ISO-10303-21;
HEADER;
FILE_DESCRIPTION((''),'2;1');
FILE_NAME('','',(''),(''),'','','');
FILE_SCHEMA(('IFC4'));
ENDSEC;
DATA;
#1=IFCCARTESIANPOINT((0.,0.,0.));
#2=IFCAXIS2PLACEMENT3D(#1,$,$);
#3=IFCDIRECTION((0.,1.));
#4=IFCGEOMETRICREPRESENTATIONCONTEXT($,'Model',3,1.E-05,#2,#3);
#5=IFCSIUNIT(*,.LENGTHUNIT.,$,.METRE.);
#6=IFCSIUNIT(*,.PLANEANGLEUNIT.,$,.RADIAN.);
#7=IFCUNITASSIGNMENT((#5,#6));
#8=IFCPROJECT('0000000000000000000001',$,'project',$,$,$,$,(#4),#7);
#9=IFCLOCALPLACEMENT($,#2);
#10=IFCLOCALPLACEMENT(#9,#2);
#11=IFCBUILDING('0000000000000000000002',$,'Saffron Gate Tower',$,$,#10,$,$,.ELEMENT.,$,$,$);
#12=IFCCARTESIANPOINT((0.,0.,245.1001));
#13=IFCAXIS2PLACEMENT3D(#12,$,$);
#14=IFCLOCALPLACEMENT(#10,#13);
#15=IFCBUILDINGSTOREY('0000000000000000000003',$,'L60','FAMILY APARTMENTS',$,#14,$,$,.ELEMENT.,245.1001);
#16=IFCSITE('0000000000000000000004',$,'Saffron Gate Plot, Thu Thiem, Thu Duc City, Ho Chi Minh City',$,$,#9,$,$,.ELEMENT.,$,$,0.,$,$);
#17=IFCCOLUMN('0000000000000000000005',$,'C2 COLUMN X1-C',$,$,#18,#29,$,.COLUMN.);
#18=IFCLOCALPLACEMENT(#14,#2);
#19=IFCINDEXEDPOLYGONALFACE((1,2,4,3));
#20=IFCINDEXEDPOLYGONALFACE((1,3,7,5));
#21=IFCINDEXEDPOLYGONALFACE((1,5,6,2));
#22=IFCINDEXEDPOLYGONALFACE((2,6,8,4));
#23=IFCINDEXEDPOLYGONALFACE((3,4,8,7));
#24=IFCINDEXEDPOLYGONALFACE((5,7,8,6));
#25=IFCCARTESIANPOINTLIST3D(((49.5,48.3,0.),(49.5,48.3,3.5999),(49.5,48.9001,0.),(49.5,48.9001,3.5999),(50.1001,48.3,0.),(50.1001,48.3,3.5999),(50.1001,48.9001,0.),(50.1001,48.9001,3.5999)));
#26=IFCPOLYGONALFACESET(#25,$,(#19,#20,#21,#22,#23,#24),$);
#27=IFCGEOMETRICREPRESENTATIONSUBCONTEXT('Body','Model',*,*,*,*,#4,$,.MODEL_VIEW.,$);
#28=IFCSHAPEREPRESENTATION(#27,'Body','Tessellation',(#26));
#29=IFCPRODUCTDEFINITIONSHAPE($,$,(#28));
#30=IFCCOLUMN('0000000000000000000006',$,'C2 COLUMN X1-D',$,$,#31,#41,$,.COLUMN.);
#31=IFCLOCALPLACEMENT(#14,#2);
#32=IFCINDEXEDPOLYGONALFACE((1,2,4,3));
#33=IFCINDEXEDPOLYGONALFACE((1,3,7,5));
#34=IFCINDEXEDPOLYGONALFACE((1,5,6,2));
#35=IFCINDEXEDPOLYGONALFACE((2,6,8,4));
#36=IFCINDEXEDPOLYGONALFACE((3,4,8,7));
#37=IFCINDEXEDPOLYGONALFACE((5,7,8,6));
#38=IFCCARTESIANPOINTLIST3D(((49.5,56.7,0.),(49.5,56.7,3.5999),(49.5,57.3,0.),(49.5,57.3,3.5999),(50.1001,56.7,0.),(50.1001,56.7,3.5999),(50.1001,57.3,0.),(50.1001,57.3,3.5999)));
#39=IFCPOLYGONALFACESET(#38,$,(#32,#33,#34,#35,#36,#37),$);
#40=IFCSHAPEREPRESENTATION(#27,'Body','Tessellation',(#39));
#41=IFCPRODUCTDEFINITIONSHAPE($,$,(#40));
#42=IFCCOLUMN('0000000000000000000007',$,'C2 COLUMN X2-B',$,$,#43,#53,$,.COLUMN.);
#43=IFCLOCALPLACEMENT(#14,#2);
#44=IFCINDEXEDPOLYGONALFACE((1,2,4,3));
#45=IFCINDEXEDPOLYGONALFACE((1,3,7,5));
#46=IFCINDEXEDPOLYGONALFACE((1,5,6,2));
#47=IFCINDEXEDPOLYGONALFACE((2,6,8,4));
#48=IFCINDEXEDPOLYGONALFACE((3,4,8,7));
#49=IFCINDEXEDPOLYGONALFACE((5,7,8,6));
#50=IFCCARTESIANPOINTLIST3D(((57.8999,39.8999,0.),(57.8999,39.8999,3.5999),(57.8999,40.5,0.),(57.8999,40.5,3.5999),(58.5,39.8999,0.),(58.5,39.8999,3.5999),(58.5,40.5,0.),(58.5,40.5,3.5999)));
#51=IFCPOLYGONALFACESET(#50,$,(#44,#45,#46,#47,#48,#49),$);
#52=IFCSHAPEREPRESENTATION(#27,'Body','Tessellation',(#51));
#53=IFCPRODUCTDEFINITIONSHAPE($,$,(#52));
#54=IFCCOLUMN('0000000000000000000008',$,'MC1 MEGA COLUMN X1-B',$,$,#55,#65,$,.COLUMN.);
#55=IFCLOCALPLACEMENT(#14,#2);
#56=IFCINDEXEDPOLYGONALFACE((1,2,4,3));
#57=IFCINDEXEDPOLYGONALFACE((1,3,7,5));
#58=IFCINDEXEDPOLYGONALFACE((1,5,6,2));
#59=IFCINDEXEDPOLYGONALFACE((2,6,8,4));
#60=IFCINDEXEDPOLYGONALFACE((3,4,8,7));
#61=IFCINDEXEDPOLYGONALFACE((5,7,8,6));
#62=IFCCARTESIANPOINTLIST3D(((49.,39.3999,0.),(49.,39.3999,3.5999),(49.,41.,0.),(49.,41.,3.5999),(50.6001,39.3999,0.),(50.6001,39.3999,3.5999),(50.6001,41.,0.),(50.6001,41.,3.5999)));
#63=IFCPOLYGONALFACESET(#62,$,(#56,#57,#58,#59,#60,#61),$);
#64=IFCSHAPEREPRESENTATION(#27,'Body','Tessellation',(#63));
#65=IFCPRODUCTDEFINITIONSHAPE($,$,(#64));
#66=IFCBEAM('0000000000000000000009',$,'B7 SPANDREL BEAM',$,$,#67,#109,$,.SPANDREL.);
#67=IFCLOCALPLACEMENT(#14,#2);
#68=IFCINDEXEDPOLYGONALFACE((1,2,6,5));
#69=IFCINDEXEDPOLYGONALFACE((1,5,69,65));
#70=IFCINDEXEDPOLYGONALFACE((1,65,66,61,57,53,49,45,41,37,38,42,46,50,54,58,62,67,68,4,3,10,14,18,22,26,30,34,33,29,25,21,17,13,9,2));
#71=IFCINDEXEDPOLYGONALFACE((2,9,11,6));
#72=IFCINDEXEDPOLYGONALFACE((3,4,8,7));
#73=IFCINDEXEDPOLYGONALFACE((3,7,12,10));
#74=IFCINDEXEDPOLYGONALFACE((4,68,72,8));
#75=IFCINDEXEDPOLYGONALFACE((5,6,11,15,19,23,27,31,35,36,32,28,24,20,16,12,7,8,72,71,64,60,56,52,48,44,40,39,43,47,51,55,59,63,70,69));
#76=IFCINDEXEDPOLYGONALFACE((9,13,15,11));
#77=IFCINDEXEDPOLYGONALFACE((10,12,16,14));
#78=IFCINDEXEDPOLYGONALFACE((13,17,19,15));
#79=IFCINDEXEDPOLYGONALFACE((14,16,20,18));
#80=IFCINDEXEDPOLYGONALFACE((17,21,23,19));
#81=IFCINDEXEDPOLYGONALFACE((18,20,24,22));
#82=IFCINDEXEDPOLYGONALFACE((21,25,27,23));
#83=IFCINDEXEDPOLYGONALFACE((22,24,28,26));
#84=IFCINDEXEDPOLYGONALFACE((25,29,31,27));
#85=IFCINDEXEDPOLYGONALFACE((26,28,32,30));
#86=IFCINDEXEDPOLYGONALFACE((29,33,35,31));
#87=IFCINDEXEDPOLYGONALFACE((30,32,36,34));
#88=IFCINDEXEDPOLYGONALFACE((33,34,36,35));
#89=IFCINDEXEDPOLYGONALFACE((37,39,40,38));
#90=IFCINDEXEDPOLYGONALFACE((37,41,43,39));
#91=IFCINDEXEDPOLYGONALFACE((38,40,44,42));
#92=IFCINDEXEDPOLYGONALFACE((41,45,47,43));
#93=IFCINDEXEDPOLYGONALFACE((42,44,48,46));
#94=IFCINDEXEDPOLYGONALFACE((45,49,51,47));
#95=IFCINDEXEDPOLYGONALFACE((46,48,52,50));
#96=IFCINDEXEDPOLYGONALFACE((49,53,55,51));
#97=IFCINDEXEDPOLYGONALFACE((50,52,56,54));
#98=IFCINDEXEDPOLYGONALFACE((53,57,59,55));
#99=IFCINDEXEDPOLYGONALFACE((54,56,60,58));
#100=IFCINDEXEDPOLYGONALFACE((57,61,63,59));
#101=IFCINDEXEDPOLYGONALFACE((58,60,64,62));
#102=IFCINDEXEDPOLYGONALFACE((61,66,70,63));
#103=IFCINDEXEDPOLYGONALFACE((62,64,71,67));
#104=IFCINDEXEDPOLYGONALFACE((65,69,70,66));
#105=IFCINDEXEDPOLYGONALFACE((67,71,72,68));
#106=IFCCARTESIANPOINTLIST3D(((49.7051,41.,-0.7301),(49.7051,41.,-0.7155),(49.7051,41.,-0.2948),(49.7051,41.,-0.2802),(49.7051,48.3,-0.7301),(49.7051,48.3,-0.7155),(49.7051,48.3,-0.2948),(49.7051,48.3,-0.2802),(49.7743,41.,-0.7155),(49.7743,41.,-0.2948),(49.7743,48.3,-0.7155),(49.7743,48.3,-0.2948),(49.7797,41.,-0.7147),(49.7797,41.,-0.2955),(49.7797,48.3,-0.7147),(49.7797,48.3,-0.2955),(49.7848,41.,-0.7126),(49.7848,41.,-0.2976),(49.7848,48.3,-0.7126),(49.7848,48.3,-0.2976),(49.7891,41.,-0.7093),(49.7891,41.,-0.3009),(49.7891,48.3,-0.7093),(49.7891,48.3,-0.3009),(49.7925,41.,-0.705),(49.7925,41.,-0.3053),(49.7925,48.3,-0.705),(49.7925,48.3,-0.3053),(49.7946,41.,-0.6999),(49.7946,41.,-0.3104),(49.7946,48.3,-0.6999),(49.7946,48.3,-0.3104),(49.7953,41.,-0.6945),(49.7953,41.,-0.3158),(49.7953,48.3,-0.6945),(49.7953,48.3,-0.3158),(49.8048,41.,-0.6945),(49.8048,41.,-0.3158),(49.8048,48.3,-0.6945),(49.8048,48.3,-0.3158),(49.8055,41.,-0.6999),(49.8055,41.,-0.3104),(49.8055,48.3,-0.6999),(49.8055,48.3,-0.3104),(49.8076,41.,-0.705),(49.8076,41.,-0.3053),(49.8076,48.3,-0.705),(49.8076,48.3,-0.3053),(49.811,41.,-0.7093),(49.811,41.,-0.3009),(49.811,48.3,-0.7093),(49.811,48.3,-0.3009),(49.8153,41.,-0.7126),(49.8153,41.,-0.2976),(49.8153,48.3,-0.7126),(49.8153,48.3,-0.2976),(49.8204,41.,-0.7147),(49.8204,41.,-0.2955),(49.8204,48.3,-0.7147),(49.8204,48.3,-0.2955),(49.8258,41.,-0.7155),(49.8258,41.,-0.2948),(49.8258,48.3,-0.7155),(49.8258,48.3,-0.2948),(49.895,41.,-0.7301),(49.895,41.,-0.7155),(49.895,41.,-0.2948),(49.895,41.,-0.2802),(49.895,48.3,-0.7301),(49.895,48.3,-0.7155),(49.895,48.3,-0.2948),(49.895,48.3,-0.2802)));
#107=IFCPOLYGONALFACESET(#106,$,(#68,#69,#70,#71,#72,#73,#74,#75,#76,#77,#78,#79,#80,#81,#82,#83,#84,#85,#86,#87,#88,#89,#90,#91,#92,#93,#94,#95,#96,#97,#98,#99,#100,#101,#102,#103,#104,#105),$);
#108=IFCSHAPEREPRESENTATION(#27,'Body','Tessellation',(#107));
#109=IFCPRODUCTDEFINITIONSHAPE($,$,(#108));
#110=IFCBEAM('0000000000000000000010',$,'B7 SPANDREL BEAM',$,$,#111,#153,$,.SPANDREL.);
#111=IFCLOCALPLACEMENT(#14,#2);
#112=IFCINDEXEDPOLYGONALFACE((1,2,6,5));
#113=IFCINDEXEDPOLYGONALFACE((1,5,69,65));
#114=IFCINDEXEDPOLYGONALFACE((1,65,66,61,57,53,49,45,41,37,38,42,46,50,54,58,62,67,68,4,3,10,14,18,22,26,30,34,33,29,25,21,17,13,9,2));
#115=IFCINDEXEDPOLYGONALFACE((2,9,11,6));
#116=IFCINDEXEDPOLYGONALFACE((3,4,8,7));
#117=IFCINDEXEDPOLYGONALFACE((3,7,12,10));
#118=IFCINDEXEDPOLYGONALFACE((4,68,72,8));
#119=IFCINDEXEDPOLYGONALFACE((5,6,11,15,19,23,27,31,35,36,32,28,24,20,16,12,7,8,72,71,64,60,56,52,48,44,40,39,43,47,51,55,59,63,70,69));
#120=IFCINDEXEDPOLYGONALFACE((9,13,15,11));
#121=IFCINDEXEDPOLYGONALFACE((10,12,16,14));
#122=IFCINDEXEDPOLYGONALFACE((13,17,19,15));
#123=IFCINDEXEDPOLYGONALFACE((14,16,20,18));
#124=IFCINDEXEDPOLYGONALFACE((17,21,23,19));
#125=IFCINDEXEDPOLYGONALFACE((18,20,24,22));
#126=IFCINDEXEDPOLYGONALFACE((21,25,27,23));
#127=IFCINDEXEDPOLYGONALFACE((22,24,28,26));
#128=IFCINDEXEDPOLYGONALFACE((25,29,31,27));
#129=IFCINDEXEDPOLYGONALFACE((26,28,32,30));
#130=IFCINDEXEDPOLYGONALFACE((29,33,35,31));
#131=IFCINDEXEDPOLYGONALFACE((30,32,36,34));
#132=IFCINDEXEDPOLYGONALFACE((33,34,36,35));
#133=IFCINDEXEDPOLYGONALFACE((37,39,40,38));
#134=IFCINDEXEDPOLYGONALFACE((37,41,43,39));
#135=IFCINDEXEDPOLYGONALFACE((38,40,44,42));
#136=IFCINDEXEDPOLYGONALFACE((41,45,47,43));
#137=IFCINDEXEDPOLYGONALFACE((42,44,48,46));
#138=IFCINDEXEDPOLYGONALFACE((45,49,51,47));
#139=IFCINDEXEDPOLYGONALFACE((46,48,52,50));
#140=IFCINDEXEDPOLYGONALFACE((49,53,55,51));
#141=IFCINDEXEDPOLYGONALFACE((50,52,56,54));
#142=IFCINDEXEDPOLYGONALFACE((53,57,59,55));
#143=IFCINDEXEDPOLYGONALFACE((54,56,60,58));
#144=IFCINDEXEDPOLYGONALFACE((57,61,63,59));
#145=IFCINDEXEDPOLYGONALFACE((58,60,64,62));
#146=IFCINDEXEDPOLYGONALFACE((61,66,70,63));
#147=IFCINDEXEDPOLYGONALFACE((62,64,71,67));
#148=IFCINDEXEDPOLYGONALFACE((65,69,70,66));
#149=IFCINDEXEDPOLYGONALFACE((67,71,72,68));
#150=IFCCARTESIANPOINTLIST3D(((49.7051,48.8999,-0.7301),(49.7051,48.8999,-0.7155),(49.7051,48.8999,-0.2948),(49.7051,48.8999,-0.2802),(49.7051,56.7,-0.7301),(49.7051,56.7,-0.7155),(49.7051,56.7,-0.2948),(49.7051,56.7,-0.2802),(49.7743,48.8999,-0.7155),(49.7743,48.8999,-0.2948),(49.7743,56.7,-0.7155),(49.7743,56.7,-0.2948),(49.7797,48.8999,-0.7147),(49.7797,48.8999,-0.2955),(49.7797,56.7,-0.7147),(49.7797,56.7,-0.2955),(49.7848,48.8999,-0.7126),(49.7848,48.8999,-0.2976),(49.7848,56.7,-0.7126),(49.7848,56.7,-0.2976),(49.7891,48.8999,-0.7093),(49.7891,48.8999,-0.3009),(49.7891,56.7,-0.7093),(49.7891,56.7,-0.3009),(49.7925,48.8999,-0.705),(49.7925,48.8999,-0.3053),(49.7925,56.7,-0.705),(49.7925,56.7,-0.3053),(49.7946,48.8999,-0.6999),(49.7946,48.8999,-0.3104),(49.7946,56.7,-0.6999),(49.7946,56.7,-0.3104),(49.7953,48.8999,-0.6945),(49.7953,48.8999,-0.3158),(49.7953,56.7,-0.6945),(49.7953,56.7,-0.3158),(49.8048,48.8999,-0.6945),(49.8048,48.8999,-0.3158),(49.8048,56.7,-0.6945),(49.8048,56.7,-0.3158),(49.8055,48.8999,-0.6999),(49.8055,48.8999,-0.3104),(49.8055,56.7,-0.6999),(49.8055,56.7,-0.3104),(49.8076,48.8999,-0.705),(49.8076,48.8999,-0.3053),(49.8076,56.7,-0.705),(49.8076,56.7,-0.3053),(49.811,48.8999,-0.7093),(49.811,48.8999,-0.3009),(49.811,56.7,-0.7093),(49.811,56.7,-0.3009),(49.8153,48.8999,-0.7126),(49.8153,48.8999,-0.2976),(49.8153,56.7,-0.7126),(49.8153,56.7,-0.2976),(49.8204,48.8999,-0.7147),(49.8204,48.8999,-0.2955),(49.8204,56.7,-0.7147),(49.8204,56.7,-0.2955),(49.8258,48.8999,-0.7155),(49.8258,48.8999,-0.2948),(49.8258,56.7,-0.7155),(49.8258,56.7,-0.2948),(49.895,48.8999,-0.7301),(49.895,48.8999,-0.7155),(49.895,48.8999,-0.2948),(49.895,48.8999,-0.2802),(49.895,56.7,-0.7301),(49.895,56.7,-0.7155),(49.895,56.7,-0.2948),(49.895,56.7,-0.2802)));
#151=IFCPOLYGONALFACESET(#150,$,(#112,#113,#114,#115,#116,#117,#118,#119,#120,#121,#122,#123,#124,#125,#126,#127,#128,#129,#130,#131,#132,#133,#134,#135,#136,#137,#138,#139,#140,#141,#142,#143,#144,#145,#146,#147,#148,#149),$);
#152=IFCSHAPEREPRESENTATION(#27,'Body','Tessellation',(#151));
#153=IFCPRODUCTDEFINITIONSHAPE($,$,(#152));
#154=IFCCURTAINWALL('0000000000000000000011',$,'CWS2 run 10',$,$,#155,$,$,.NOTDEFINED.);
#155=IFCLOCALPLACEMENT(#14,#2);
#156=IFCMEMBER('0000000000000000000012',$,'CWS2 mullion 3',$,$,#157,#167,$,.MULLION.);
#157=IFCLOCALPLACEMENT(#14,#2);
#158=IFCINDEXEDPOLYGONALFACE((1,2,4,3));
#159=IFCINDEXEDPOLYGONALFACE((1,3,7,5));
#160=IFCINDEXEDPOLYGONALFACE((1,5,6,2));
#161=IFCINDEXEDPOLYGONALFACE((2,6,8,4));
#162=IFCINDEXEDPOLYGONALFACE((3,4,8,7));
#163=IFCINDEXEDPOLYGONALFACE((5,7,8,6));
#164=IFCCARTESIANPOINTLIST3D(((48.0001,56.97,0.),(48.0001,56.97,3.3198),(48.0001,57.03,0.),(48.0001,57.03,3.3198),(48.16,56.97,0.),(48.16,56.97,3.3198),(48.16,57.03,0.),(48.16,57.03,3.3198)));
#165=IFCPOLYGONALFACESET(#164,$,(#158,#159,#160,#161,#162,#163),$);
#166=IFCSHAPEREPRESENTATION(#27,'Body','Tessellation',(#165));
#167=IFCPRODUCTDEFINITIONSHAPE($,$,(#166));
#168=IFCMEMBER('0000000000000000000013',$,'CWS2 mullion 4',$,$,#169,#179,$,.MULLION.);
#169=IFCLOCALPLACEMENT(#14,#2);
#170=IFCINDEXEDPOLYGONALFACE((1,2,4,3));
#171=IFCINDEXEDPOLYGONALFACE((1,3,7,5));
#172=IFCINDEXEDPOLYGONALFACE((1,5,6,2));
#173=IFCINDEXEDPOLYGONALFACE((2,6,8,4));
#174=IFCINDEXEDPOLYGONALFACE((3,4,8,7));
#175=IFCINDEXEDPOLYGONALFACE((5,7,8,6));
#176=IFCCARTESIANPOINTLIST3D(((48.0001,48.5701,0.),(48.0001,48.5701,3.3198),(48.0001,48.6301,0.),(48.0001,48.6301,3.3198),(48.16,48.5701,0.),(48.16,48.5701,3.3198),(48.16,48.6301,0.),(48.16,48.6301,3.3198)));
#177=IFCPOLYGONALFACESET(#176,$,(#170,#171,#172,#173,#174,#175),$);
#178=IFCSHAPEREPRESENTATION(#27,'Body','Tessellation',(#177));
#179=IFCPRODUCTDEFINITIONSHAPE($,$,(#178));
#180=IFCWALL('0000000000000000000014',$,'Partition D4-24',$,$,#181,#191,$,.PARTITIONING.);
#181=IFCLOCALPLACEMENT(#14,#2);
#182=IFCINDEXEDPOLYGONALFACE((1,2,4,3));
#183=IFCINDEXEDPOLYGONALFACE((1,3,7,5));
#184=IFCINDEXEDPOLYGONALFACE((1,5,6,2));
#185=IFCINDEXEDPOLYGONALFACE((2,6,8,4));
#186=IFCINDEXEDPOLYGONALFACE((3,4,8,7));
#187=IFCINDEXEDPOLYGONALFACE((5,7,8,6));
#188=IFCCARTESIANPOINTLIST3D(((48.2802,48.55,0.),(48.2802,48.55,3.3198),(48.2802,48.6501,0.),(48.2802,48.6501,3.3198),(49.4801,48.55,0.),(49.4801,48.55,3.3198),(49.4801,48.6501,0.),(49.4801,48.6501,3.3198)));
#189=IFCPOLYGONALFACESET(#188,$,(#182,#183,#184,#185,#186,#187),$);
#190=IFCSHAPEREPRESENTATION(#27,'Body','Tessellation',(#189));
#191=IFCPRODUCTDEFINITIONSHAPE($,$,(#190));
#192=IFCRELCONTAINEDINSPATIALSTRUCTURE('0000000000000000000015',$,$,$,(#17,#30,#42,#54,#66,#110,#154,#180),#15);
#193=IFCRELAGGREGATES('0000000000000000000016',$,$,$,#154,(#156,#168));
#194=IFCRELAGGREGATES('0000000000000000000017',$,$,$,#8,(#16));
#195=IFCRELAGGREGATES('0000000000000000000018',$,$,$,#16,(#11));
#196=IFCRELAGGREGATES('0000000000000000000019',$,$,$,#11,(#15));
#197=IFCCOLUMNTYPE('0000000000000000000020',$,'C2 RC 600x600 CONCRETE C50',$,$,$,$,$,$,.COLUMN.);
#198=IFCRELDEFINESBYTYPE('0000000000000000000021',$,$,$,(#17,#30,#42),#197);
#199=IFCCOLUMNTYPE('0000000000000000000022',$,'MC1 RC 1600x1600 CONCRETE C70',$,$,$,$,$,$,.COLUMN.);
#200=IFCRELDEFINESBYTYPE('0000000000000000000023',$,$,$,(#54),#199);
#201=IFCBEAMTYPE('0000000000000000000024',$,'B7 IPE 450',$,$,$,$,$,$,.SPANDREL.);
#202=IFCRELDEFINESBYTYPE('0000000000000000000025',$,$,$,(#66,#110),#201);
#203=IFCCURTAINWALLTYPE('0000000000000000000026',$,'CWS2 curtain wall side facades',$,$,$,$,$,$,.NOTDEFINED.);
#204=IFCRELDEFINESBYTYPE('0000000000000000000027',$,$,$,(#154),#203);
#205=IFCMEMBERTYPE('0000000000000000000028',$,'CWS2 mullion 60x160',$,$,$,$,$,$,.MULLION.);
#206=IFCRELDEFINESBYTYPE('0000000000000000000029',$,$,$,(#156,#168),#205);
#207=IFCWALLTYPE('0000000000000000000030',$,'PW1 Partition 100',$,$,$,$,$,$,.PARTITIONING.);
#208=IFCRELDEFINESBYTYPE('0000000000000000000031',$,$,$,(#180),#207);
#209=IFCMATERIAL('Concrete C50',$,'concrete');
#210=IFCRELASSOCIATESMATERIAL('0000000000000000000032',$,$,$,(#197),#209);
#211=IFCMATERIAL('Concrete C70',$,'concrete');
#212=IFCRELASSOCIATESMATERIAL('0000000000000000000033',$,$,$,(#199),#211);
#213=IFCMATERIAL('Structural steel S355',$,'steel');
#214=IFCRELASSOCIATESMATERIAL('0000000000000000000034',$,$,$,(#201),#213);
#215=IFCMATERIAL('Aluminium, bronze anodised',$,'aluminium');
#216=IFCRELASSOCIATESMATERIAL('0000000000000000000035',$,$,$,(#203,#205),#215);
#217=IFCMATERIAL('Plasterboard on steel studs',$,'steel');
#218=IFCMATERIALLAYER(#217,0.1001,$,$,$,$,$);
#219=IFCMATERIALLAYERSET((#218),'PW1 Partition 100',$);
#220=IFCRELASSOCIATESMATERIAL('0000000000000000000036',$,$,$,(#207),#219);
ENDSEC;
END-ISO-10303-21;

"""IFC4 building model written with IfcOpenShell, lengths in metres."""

from ifc_helpers import new_model, si_unit, direction, frame, frame_2d, origin, origin_2d, place, context, subcontext, project, spatial, rectangle, i_section, extrude, material, layer, layer_set, material_profile, profile_set, type_object, element, aggregate, save


model = new_model("IFC4")

# Units and contexts
model_context = context("Model", 3, precision=1e-05, world=origin(), true_north=direction((0.0, 1.0)))
body_context = subcontext(model_context, "Body", "Model", "MODEL_VIEW")
ifc_project = project(units=[si_unit("LENGTHUNIT", "METRE"), si_unit("PLANEANGLEUNIT", "RADIAN")], contexts=[model_context])

# Site, building, storey
site_placement = place(None, origin())
site = spatial("IfcSite", under=ifc_project, at=site_placement, Name="Saffron Gate Plot, Thu Thiem, Thu Duc City, Ho Chi Minh City", CompositionType="ELEMENT", RefElevation=0.0)
building_placement = place(site_placement, origin())
building = spatial("IfcBuilding", under=site, at=building_placement, Name="Saffron Gate Tower", CompositionType="ELEMENT")
storey_placement = place(building_placement, frame((0.0, 0.0, 245.1001)))
storey = spatial("IfcBuildingStorey", under=building, at=storey_placement, Name="L60", Description="FAMILY APARTMENTS", CompositionType="ELEMENT", Elevation=245.1001)

# Columns
ifc_material_1 = material(Name="Concrete C50", Category="concrete")
ifc_material_profile_1 = material_profile(ifc_material_1, rectangle(XDim=0.6001, YDim=0.6001, at=origin_2d()))
ifc_profile_set_1 = profile_set([ifc_material_profile_1], Name="Concrete C50")
column_type_1 = type_object("IfcColumnType", Name="C2 RC 600x600 CONCRETE C50", PredefinedType="COLUMN", material=ifc_profile_set_1)
for number, where, z_axis, x_axis, name in (
    (1, (49.8, 48.6001, 0.0), (0.0, 0.0, 1.0), (1.0, 0.0, 0.0), "C2 COLUMN X1-C"),
    (2, (49.8, 57.0, 0.0), (0.0, 0.0, 1.0), (1.0, 0.0, 0.0), "C2 COLUMN X1-D"),
    (3, (58.2, 40.2, 0.0), (0.0, 0.0, 1.0), (1.0, 0.0, 0.0), "C2 COLUMN X2-B"),
):
    element("IfcColumn", number, at=place(storey_placement, frame(where, z_axis=z_axis, x_axis=x_axis)), inside=storey, type_object=column_type_1, Name=name, PredefinedType="COLUMN", context=body_context, shape_type="SweptSolid", body=[
        extrude(rectangle(XDim=0.6001, YDim=0.6001, at=origin_2d()), origin(), (0.0, 0.0, 1.0), 3.5999),
    ])
ifc_material_2 = material(Name="Concrete C70", Category="concrete")
ifc_material_profile_2 = material_profile(ifc_material_2, rectangle(XDim=1.6001, YDim=1.6001, at=origin_2d()))
ifc_profile_set_2 = profile_set([ifc_material_profile_2], Name="Concrete C70")
column_type_2 = type_object("IfcColumnType", Name="MC1 RC 1600x1600 CONCRETE C70", PredefinedType="COLUMN", material=ifc_profile_set_2)
column_placement = place(storey_placement, frame((49.8, 40.2, 0.0), z_axis=(0.0, 0.0, 1.0), x_axis=(1.0, 0.0, 0.0)))
element("IfcColumn", 4, at=column_placement, inside=storey, type_object=column_type_2, Name="MC1 MEGA COLUMN X1-B", PredefinedType="COLUMN", context=body_context, shape_type="SweptSolid", body=[
    extrude(rectangle(XDim=1.6001, YDim=1.6001, at=origin_2d()), origin(), (0.0, 0.0, 1.0), 3.5999),
])

# Beams
ifc_material_3 = material(Name="Structural steel S355", Category="steel")
ifc_material_profile_3 = material_profile(ifc_material_3, i_section(OverallWidth=0.1899, OverallDepth=0.45, WebThickness=0.0095, FlangeThickness=0.0146, FilletRadius=0.021, at=origin_2d()))
ifc_profile_set_3 = profile_set([ifc_material_profile_3], Name="Structural steel S355")
beam_type = type_object("IfcBeamType", Name="B7 IPE 450", PredefinedType="SPANDREL", material=ifc_profile_set_3)
beam_1_placement = place(storey_placement, frame((49.8, 41.0, -0.5051), z_axis=(0.0, 1.0, 0.0), x_axis=(-1.0, 0.0, 0.0)))
element("IfcBeam", 5, at=beam_1_placement, inside=storey, type_object=beam_type, Name="B7 SPANDREL BEAM", PredefinedType="SPANDREL", context=body_context, shape_type="SweptSolid", body=[
    extrude(i_section(OverallWidth=0.1899, OverallDepth=0.45, WebThickness=0.0095, FlangeThickness=0.0146, FilletRadius=0.021, at=origin_2d()), origin(), (0.0, 0.0, 1.0), 7.3),
])
beam_2_placement = place(storey_placement, frame((49.8, 48.8999, -0.5051), z_axis=(0.0, 1.0, 0.0), x_axis=(-1.0, 0.0, 0.0)))
element("IfcBeam", 6, at=beam_2_placement, inside=storey, type_object=beam_type, Name="B7 SPANDREL BEAM", PredefinedType="SPANDREL", context=body_context, shape_type="SweptSolid", body=[
    extrude(i_section(OverallWidth=0.1899, OverallDepth=0.45, WebThickness=0.0095, FlangeThickness=0.0146, FilletRadius=0.021, at=origin_2d()), origin(), (0.0, 0.0, 1.0), 7.8),
])

# Curtain wall, members
ifc_material_4 = material(Name="Aluminium, bronze anodised", Category="aluminium")
curtain_wall_type = type_object("IfcCurtainWallType", Name="CWS2 curtain wall side facades", PredefinedType="NOTDEFINED", material=ifc_material_4)
curtain_wall_placement = place(storey_placement, origin())
curtain_wall = element("IfcCurtainWall", 7, at=curtain_wall_placement, inside=storey, type_object=curtain_wall_type, Name="CWS2 run 10", PredefinedType="NOTDEFINED")
ifc_material_profile_4 = material_profile(ifc_material_4, rectangle(XDim=0.1599, YDim=0.0601, at=origin_2d()))
ifc_profile_set_4 = profile_set([ifc_material_profile_4], Name="Aluminium, bronze anodised")
member_type = type_object("IfcMemberType", Name="CWS2 mullion 60x160", PredefinedType="MULLION", material=ifc_profile_set_4)
member_1_placement = place(storey_placement, frame((48.0801, 57.0, 0.0), z_axis=(0.0, 0.0, 1.0), x_axis=(1.0, 0.0, 0.0)))
member_1 = element("IfcMember", 8, at=member_1_placement, type_object=member_type, Name="CWS2 mullion 3", PredefinedType="MULLION", context=body_context, shape_type="SweptSolid", body=[
    extrude(rectangle(XDim=0.1599, YDim=0.0601, at=origin_2d()), origin(), (0.0, 0.0, 1.0), 3.3198),
])
member_2_placement = place(storey_placement, frame((48.0801, 48.6001, 0.0), z_axis=(0.0, 0.0, 1.0), x_axis=(1.0, 0.0, 0.0)))
member_2 = element("IfcMember", 9, at=member_2_placement, type_object=member_type, Name="CWS2 mullion 4", PredefinedType="MULLION", context=body_context, shape_type="SweptSolid", body=[
    extrude(rectangle(XDim=0.1599, YDim=0.0601, at=origin_2d()), origin(), (0.0, 0.0, 1.0), 3.3198),
])
aggregate(curtain_wall, [member_1, member_2])

# Wall
ifc_material_5 = material(Name="Plasterboard on steel studs", Category="steel")
ifc_layer_1 = layer(ifc_material_5, 0.1001)
ifc_layer_set_1 = layer_set([ifc_layer_1], Name="PW1 Partition 100")
wall_type_1 = type_object("IfcWallType", Name="PW1 Partition 100", PredefinedType="PARTITIONING", material=ifc_layer_set_1)
wall_1_placement = place(storey_placement, frame((48.28, 48.6001, 0.0), z_axis=(0.0, 0.0, 1.0), x_axis=(1.0, 0.0, 0.0)))
element("IfcWall", 10, at=wall_1_placement, inside=storey, type_object=wall_type_1, Name="Partition D4-24", PredefinedType="PARTITIONING", context=body_context, shape_type="SweptSolid", body=[
    extrude(rectangle(XDim=1.2, YDim=0.1001, at=frame_2d((0.6001, 0.0))), origin(), (0.0, 0.0, 1.0), 3.3198),
])

save(model, "model.ifc")
